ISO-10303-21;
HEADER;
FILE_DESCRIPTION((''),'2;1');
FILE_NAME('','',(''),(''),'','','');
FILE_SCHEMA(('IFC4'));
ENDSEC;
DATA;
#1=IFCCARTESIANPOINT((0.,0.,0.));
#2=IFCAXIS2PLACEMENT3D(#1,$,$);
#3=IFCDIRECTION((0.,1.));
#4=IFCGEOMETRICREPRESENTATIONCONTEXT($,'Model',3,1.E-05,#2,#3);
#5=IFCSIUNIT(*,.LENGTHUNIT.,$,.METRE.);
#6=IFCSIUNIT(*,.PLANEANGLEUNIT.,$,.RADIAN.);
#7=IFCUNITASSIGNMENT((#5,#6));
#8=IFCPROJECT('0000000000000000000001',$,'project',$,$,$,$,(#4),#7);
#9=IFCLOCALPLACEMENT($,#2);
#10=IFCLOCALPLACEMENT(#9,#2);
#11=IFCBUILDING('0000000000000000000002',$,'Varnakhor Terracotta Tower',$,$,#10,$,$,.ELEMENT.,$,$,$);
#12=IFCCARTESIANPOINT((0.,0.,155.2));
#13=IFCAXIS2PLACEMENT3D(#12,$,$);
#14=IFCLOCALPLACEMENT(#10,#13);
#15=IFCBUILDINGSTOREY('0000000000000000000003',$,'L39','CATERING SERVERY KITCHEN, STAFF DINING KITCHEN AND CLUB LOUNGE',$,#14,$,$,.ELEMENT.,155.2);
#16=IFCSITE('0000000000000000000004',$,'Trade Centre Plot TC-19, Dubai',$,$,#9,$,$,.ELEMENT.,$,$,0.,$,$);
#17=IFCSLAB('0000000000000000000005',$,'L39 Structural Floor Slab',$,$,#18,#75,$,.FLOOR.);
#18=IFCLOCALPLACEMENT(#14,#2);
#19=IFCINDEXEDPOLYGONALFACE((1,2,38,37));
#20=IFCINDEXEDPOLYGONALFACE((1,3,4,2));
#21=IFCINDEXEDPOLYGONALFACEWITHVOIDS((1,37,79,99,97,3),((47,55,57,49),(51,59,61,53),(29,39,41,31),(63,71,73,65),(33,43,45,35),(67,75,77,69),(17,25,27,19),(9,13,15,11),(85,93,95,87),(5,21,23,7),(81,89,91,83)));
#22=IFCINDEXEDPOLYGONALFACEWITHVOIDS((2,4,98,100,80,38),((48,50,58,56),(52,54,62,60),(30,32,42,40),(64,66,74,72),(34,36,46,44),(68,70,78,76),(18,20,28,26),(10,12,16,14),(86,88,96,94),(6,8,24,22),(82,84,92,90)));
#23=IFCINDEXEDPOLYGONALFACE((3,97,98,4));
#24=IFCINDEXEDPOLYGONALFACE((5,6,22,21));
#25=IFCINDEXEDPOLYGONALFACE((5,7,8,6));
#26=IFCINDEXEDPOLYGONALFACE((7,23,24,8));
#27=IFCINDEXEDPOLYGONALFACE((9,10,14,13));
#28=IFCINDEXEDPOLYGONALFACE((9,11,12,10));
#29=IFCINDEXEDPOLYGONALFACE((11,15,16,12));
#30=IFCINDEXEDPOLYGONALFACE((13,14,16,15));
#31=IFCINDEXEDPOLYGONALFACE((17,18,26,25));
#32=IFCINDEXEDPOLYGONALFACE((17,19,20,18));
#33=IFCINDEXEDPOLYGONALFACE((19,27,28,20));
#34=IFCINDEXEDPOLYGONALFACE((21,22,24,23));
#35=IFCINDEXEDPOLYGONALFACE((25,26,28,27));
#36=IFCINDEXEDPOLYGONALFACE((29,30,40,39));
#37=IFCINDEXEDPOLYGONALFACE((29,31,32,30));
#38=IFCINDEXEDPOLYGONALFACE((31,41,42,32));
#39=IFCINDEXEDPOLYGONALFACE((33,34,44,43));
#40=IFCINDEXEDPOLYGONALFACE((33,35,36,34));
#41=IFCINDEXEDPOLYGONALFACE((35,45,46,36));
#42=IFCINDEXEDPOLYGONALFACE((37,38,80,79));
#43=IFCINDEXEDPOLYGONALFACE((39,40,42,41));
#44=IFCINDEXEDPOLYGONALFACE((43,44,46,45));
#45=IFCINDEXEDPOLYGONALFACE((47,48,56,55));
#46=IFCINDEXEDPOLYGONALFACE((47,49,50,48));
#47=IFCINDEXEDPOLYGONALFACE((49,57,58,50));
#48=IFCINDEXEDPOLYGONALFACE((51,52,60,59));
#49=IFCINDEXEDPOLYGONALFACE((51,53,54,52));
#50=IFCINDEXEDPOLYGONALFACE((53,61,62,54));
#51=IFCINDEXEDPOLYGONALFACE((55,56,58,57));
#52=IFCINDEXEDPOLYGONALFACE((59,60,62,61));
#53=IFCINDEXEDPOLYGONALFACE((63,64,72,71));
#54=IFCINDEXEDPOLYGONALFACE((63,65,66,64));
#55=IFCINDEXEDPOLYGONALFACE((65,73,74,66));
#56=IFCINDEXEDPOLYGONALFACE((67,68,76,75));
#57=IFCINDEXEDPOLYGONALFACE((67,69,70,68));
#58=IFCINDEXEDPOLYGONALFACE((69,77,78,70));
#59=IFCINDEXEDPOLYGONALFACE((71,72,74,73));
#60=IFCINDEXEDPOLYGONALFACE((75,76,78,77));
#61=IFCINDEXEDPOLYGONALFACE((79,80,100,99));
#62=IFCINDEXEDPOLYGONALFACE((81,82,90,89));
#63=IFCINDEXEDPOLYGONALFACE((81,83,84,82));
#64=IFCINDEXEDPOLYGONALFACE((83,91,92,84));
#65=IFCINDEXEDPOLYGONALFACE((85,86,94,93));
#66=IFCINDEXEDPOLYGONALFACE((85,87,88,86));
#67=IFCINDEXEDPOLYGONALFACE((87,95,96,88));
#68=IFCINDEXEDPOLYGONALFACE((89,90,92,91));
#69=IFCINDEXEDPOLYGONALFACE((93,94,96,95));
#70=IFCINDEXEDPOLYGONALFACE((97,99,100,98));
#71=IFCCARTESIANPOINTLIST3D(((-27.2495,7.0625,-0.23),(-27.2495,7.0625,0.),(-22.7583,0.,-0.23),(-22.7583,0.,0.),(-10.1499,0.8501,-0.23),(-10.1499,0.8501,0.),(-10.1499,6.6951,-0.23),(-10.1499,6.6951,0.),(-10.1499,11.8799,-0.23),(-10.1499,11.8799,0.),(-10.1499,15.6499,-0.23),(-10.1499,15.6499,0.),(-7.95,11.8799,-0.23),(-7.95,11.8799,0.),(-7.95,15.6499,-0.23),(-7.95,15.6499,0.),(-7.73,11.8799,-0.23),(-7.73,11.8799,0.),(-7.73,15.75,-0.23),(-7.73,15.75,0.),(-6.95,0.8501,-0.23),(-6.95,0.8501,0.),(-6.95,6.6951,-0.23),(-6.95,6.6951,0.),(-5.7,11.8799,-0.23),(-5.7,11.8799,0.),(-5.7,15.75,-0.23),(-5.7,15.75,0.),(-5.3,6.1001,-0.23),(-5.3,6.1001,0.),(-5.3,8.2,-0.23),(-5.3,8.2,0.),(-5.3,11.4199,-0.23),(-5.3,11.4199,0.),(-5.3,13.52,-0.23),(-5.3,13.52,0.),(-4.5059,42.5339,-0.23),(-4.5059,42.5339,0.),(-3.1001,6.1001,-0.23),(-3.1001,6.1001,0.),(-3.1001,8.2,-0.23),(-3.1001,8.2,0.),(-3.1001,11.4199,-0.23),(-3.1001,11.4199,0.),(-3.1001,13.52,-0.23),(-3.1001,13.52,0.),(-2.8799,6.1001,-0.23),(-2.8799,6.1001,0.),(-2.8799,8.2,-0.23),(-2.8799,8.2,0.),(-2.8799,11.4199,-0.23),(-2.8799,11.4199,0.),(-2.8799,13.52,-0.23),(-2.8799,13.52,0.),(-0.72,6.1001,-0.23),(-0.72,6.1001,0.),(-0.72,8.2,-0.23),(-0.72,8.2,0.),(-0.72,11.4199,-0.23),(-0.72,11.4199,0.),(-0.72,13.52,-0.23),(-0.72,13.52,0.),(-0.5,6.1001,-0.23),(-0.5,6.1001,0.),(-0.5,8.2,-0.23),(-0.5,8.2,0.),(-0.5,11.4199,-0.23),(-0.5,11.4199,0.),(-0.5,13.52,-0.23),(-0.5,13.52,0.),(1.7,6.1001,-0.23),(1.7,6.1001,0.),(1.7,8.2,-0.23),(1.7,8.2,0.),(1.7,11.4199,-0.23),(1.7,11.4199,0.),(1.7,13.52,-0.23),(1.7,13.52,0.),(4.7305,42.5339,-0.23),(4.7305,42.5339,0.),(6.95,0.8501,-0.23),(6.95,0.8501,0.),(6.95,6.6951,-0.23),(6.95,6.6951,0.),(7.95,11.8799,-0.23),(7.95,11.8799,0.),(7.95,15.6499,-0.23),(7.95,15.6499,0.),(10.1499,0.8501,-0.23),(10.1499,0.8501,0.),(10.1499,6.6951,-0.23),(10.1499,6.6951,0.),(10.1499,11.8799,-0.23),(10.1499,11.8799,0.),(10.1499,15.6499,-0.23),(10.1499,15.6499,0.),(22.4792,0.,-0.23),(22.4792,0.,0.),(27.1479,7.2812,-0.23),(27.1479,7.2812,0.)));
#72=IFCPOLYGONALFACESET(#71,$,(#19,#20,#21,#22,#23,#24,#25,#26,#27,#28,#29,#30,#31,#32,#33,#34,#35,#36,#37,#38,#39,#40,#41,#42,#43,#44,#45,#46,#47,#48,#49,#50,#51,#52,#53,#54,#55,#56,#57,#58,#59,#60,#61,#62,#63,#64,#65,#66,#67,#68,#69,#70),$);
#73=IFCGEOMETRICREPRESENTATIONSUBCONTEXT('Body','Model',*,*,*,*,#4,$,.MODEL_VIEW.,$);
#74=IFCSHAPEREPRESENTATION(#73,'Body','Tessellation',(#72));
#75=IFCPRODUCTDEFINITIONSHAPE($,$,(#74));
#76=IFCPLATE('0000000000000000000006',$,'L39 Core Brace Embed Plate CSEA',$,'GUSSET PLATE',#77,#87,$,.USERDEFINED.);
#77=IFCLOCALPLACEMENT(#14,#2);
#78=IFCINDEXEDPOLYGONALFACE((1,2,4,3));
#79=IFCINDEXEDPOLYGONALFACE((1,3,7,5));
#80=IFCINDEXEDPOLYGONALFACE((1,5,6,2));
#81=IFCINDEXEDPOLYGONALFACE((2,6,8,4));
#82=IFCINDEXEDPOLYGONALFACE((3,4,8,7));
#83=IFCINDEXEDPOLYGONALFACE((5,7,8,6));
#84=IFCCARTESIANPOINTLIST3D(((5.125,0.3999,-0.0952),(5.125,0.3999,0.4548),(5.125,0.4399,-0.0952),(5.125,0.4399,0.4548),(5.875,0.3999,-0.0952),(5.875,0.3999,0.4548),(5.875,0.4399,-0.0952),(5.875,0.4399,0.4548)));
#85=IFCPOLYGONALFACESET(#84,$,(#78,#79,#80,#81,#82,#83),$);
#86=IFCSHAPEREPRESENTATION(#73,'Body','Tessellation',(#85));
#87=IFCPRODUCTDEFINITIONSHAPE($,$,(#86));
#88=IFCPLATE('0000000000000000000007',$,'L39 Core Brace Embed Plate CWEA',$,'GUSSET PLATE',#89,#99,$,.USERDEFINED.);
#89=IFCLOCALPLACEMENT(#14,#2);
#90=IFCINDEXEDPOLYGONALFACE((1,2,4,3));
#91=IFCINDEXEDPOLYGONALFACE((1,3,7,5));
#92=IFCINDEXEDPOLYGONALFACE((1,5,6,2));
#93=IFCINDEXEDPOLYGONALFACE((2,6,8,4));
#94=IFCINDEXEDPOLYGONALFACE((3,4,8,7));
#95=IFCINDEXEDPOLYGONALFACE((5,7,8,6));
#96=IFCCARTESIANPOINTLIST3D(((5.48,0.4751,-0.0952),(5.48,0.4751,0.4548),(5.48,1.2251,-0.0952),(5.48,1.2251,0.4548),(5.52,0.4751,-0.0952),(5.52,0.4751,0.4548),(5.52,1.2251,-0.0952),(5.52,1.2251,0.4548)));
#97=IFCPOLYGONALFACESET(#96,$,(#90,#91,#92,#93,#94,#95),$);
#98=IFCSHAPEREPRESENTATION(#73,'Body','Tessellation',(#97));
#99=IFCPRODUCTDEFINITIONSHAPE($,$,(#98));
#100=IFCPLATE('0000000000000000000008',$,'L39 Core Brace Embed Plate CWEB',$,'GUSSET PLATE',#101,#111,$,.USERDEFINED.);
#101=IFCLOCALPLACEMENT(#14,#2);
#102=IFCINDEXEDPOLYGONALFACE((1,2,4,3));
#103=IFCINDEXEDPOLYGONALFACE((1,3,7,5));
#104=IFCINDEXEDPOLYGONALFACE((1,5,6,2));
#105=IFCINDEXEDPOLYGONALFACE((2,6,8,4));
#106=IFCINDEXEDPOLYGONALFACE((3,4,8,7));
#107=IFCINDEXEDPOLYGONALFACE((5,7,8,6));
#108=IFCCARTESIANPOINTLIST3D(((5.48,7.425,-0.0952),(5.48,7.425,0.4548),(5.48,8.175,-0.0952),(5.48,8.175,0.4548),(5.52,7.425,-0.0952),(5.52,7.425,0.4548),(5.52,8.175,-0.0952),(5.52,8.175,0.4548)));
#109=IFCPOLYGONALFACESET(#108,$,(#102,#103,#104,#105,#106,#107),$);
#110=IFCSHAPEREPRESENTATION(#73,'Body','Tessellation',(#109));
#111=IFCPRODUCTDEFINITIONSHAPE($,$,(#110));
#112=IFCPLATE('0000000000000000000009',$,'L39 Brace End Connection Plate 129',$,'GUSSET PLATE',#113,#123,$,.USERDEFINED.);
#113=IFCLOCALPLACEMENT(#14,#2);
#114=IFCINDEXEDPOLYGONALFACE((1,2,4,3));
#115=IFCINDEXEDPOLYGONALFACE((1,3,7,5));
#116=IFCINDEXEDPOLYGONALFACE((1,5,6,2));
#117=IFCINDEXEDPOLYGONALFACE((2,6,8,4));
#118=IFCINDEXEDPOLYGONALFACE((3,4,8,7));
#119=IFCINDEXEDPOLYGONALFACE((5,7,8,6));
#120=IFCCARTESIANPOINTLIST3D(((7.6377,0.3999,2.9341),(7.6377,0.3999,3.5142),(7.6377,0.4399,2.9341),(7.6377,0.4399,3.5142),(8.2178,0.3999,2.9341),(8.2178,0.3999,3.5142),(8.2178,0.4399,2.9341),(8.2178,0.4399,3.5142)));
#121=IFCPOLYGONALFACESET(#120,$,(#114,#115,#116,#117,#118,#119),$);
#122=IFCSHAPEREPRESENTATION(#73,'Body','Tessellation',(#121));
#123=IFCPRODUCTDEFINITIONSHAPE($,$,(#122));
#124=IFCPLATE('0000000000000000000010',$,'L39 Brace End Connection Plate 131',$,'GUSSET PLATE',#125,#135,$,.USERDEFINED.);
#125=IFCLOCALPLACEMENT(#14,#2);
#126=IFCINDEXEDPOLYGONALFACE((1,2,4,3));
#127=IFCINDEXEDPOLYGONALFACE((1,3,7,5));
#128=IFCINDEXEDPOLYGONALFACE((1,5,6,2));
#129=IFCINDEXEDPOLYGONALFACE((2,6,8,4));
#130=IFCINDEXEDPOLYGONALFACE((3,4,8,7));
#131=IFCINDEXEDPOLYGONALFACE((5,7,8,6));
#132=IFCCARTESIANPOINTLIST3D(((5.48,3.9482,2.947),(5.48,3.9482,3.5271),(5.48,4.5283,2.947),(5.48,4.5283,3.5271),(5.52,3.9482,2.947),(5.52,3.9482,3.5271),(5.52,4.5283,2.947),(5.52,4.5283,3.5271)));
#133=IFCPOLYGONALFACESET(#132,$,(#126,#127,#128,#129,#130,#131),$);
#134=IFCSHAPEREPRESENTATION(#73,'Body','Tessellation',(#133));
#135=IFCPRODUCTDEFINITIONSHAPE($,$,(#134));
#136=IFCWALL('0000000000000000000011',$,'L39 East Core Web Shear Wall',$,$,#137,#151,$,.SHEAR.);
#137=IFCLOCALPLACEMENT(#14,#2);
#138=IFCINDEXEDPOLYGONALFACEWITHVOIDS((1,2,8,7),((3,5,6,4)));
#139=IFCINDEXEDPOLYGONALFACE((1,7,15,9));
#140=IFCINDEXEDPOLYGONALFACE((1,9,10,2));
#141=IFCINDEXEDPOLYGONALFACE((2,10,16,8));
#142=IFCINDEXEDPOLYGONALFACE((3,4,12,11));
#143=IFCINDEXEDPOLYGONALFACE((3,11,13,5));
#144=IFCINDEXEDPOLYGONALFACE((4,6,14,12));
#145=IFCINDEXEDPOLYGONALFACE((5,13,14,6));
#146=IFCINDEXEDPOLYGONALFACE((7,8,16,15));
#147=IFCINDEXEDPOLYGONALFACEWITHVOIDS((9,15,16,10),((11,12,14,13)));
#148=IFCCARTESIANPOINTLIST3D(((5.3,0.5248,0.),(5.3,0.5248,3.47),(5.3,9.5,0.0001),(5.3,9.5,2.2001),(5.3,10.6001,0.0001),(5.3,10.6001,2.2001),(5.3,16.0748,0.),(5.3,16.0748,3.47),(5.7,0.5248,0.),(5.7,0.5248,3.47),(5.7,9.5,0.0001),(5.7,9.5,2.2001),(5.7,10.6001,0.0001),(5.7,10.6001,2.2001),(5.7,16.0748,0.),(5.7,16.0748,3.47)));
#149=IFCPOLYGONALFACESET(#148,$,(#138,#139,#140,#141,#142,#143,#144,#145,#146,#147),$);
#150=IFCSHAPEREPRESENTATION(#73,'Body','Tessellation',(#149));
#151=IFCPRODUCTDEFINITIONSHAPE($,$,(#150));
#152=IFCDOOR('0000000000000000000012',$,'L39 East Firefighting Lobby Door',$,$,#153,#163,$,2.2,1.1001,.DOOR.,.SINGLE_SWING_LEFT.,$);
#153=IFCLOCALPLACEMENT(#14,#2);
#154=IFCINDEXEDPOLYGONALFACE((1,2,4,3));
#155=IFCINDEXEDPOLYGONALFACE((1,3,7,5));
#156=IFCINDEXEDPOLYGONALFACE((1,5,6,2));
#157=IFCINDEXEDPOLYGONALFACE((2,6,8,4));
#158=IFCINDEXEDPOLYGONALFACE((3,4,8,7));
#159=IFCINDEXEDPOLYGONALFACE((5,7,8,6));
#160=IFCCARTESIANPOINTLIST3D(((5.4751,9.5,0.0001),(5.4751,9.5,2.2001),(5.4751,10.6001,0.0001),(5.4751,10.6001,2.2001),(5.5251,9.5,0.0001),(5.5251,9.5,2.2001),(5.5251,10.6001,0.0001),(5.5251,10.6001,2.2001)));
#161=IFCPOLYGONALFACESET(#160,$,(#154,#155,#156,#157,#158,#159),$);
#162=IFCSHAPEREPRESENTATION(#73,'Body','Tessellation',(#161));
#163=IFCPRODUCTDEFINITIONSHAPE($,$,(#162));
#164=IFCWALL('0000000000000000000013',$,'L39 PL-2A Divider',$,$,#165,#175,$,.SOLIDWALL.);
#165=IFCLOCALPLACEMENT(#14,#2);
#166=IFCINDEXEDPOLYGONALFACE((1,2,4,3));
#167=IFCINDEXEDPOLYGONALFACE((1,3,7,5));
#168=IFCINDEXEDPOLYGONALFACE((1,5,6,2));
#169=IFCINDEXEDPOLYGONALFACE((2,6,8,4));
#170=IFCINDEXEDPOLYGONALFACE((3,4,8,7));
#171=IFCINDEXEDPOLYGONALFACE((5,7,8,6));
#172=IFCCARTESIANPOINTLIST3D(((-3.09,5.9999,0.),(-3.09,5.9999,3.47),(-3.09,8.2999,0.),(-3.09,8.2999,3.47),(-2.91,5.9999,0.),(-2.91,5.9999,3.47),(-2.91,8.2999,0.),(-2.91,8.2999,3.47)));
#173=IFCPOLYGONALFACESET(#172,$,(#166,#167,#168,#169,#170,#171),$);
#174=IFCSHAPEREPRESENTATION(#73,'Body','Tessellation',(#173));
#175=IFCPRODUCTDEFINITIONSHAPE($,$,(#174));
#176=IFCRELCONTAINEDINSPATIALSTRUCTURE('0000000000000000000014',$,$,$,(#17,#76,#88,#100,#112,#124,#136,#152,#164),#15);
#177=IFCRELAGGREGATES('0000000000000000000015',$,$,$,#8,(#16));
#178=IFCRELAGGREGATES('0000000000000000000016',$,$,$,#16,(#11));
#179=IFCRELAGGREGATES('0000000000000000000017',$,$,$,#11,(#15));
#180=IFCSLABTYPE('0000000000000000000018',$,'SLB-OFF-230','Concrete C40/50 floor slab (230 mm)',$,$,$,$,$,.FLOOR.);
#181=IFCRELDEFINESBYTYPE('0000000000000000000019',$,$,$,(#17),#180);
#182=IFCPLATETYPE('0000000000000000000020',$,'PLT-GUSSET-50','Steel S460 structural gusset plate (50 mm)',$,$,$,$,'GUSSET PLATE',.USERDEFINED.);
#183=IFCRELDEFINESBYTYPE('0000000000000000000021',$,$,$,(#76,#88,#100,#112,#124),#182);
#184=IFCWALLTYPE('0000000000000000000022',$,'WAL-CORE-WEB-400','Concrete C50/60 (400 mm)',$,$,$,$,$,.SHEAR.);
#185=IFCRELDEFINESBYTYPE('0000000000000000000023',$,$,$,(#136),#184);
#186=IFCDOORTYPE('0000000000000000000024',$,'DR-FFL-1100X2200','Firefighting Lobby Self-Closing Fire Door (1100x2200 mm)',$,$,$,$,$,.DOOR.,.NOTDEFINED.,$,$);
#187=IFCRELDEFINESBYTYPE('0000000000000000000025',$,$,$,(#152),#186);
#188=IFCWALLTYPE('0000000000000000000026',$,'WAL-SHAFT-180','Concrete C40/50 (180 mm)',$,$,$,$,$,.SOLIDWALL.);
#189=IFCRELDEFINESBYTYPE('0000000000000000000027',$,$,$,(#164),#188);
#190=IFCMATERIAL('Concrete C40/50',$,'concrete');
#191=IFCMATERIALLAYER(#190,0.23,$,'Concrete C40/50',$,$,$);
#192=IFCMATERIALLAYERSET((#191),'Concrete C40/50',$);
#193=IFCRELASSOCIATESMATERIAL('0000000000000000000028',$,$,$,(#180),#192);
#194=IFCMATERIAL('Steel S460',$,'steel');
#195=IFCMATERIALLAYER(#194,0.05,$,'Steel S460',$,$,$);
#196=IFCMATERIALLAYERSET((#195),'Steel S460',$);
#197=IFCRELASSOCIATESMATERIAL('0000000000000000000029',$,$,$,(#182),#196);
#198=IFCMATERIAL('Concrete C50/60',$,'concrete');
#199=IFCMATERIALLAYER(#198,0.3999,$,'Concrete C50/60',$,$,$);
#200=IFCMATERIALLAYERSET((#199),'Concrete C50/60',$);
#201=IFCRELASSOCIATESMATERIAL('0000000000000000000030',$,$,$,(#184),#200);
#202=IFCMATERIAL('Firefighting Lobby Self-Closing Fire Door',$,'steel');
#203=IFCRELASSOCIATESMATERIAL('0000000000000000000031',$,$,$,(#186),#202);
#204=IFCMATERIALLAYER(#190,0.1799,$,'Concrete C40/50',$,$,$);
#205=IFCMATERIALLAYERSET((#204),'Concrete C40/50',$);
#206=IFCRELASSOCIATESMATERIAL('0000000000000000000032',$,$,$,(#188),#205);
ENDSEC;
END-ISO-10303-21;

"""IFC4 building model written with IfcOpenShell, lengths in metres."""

from ifc_helpers import new_model, si_unit, direction, frame, frame_2d, origin, origin_2d, place, context, subcontext, project, spatial, polyline, rectangle, outline, extrude, source, transform, mapped, material, layer, layer_set, type_object, type_shapes, element, fill, save


model = new_model("IFC4")

# Units and contexts
model_context = context("Model", 3, precision=1e-05, world=origin(), true_north=direction((0.0, 1.0)))
body_context = subcontext(model_context, "Body", "Model", "MODEL_VIEW")
ifc_project = project(units=[si_unit("LENGTHUNIT", "METRE"), si_unit("PLANEANGLEUNIT", "RADIAN")], contexts=[model_context])

# Site, building, storey
site_placement = place(None, origin())
site = spatial("IfcSite", under=ifc_project, at=site_placement, Name="Trade Centre Plot TC-19, Dubai", CompositionType="ELEMENT", RefElevation=0.0)
building_placement = place(site_placement, origin())
building = spatial("IfcBuilding", under=site, at=building_placement, Name="Varnakhor Terracotta Tower", CompositionType="ELEMENT")
storey_placement = place(building_placement, frame((0.0, 0.0, 155.2)))
storey = spatial("IfcBuildingStorey", under=building, at=storey_placement, Name="L39", Description="CATERING SERVERY KITCHEN, STAFF DINING KITCHEN AND CLUB LOUNGE", CompositionType="ELEMENT", Elevation=155.2)

# Shared definitions
ifc_material_1 = material(Name="Concrete C50/60", Category="concrete")

# Shared definitions
ifc_material_2 = material(Name="Steel S460", Category="steel")

# Shared definitions
ifc_material_3 = material(Name="Concrete C40/50", Category="concrete")

# Slab
ifc_layer_1 = layer(ifc_material_3, 0.23, Name="Concrete C40/50")
ifc_layer_set_1 = layer_set([ifc_layer_1], Name="Concrete C40/50")
slab_type_1 = type_object("IfcSlabType", Name="SLB-OFF-230", Description="Concrete C40/50 floor slab (230 mm)", PredefinedType="FLOOR", material=ifc_layer_set_1)
slab_1_placement = place(storey_placement, frame((0.0, 0.0, -0.23)))
element("IfcSlab", 1, at=slab_1_placement, inside=storey, type_object=slab_type_1, Name="L39 Structural Floor Slab", PredefinedType="FLOOR", context=body_context, shape_type="SweptSolid", body=[
    extrude(outline(polyline([(-27.2495, 7.0625), (-4.5059, 42.5339), (4.7305, 42.5339), (27.1479, 7.2812), (22.4792, 0.0), (-22.7583, 0.0), (-27.2495, 7.0625)]), holes=[polyline([(-6.95, 0.8501), (-6.95, 6.6951), (-10.1499, 6.6951), (-10.1499, 0.8501), (-6.95, 0.8501)]), polyline([(-3.1001, 6.1001), (-3.1001, 8.2), (-5.3, 8.2), (-5.3, 6.1001), (-3.1001, 6.1001)]), polyline([(-0.72, 6.1001), (-0.72, 8.2), (-2.8799, 8.2), (-2.8799, 6.1001), (-0.72, 6.1001)]), polyline([(-5.3, 11.4199), (-3.1001, 11.4199), (-3.1001, 13.52), (-5.3, 13.52), (-5.3, 11.4199)]), polyline([(-10.1499, 11.8799), (-7.95, 11.8799), (-7.95, 15.6499), (-10.1499, 15.6499), (-10.1499, 11.8799)]), polyline([(-5.7, 11.8799), (-5.7, 15.75), (-7.73, 15.75), (-7.73, 11.8799), (-5.7, 11.8799)]), polyline([(6.95, 0.8501), (10.1499, 0.8501), (10.1499, 6.6951), (6.95, 6.6951), (6.95, 0.8501)]), polyline([(-0.5, 6.1001), (1.7, 6.1001), (1.7, 8.2), (-0.5, 8.2), (-0.5, 6.1001)]), polyline([(-0.72, 11.4199), (-0.72, 13.52), (-2.8799, 13.52), (-2.8799, 11.4199), (-0.72, 11.4199)]), polyline([(-0.5, 11.4199), (1.7, 11.4199), (1.7, 13.52), (-0.5, 13.52), (-0.5, 11.4199)]), polyline([(7.95, 11.8799), (10.1499, 11.8799), (10.1499, 15.6499), (7.95, 15.6499), (7.95, 11.8799)])]), origin(), (0.0, 0.0, 1.0), 0.23),
])

# Plates
ifc_layer_2 = layer(ifc_material_2, 0.05, Name="Steel S460")
ifc_layer_set_2 = layer_set([ifc_layer_2], Name="Steel S460")
plate_type = type_object("IfcPlateType", Name="PLT-GUSSET-50", Description="Steel S460 structural gusset plate (50 mm)", ElementType="GUSSET PLATE", PredefinedType="USERDEFINED", material=ifc_layer_set_2)
shared_shape_1 = source(origin(), body_context, "Body", "SweptSolid", [
    extrude(rectangle(XDim=0.75, YDim=0.04, at=origin_2d()), origin(), (0.0, 0.0, 1.0), 0.55),
])
type_shapes(plate_type, [shared_shape_1])
for number, where, z_axis, x_axis, name in (
    (2, (5.5, 0.4199, -0.0952), (0.0, 0.0, 1.0), (1.0, 0.0, 0.0), "L39 Core Brace Embed Plate CSEA"),
    (3, (5.5, 0.8501, -0.0952), (0.0, 0.0, 1.0), (0.0, 1.0, 0.0), "L39 Core Brace Embed Plate CWEA"),
    (4, (5.5, 7.8, -0.0952), (0.0, 0.0, 1.0), (0.0, 1.0, 0.0), "L39 Core Brace Embed Plate CWEB"),
):
    element("IfcPlate", number, at=place(storey_placement, frame(where, z_axis=z_axis, x_axis=x_axis)), inside=storey, type_object=plate_type, Name=name, ObjectType="GUSSET PLATE", PredefinedType="USERDEFINED", context=body_context, shape_type="MappedRepresentation", body=[
        mapped(shared_shape_1, transform((0.0, 0.0, 0.0), scale=1.0)),
    ])
shared_shape_2 = source(origin(), body_context, "Body", "SweptSolid", [
    extrude(rectangle(XDim=0.5801, YDim=0.04, at=origin_2d()), origin(), (0.0, 0.0, 1.0), 0.5801),
])
for number, where, z_axis, x_axis, name in (
    (5, (7.9277, 0.4199, 2.9341), (0.0, 0.0, 1.0), (1.0, 0.0, 0.0), "L39 Brace End Connection Plate 129"),
    (6, (5.5, 4.2383, 2.947), (0.0, 0.0, 1.0), (0.0, 1.0, 0.0), "L39 Brace End Connection Plate 131"),
):
    element("IfcPlate", number, at=place(storey_placement, frame(where, z_axis=z_axis, x_axis=x_axis)), inside=storey, type_object=plate_type, Name=name, ObjectType="GUSSET PLATE", PredefinedType="USERDEFINED", context=body_context, shape_type="MappedRepresentation", body=[
        mapped(shared_shape_2, transform((0.0, 0.0, 0.0), scale=1.0)),
    ])

# Wall, opening, door
ifc_layer_3 = layer(ifc_material_1, 0.3999, Name="Concrete C50/60")
ifc_layer_set_3 = layer_set([ifc_layer_3], Name="Concrete C50/60")
wall_type_1 = type_object("IfcWallType", Name="WAL-CORE-WEB-400", Description="Concrete C50/60 (400 mm)", PredefinedType="SHEAR", material=ifc_layer_set_3)
wall_1_placement = place(storey_placement, frame((5.5, 0.5249, 0.0), z_axis=(0.0, 0.0, 1.0), x_axis=(0.0, 1.0, 0.0)))
wall_1 = element("IfcWall", 7, at=wall_1_placement, inside=storey, type_object=wall_type_1, Name="L39 East Core Web Shear Wall", PredefinedType="SHEAR", context=body_context, shape_type="SweptSolid", body=[
    extrude(rectangle(XDim=15.55, YDim=0.3999, at=frame_2d((7.7749, 0.0))), origin(), (0.0, 0.0, 1.0), 3.47),
])
opening_1_placement = place(wall_1_placement, frame((8.9751, 0.0, 0.0)))
opening_1 = element("IfcOpeningElement", 8, at=opening_1_placement, cuts=wall_1, PredefinedType="OPENING", context=body_context, shape_type="SweptSolid", body=[
    extrude(rectangle(XDim=1.1001, YDim=2.2, at=frame_2d((0.55, 1.1001))), frame((0.0, 0.21, 0.0), z_axis=(0.0, -1.0, 0.0), x_axis=(1.0, 0.0, 0.0)), (0.0, 0.0, 1.0), 0.4199),
])
ifc_material_4 = material(Name="Firefighting Lobby Self-Closing Fire Door", Category="steel")
door_type_1 = type_object("IfcDoorType", Name="DR-FFL-1100X2200", Description="Firefighting Lobby Self-Closing Fire Door (1100x2200 mm)", OperationType="NOTDEFINED", PredefinedType="DOOR", material=ifc_material_4)
shared_shape_3 = source(origin(), body_context, "Body", "SweptSolid", [
    extrude(rectangle(XDim=1.1001, YDim=2.2, at=frame_2d((0.55, 1.1001))), frame((0.0, 0.0249, 0.0), z_axis=(0.0, -1.0, 0.0), x_axis=(1.0, 0.0, 0.0)), (0.0, 0.0, 1.0), 0.05),
])
type_shapes(door_type_1, [shared_shape_3])
door_1_placement = place(opening_1_placement, origin())
door_1 = element("IfcDoor", 9, at=door_1_placement, inside=storey, type_object=door_type_1, Name="L39 East Firefighting Lobby Door", OperationType="SINGLE_SWING_LEFT", OverallHeight=2.2, OverallWidth=1.1001, PredefinedType="DOOR", context=body_context, shape_type="MappedRepresentation", body=[
    mapped(shared_shape_3, transform((0.0, 0.0, 0.0), scale=1.0)),
])
fill(opening_1, door_1)

# Wall
ifc_layer_4 = layer(ifc_material_3, 0.1799, Name="Concrete C40/50")
ifc_layer_set_4 = layer_set([ifc_layer_4], Name="Concrete C40/50")
wall_type_2 = type_object("IfcWallType", Name="WAL-SHAFT-180", Description="Concrete C40/50 (180 mm)", PredefinedType="SOLIDWALL", material=ifc_layer_set_4)
for number, where, z_axis, x_axis, name in (
    (10, (-3.0, 6.0, 0.0), (0.0, 0.0, 1.0), (0.0, 1.0, 0.0), "L39 PL-2A Divider"),
):
    element("IfcWall", number, at=place(storey_placement, frame(where, z_axis=z_axis, x_axis=x_axis)), inside=storey, type_object=wall_type_2, Name=name, PredefinedType="SOLIDWALL", context=body_context, shape_type="SweptSolid", body=[
        extrude(rectangle(XDim=2.3, YDim=0.1799, at=frame_2d((1.1499, 0.0))), origin(), (0.0, 0.0, 1.0), 3.47),
    ])

save(model, "model.ifc")
